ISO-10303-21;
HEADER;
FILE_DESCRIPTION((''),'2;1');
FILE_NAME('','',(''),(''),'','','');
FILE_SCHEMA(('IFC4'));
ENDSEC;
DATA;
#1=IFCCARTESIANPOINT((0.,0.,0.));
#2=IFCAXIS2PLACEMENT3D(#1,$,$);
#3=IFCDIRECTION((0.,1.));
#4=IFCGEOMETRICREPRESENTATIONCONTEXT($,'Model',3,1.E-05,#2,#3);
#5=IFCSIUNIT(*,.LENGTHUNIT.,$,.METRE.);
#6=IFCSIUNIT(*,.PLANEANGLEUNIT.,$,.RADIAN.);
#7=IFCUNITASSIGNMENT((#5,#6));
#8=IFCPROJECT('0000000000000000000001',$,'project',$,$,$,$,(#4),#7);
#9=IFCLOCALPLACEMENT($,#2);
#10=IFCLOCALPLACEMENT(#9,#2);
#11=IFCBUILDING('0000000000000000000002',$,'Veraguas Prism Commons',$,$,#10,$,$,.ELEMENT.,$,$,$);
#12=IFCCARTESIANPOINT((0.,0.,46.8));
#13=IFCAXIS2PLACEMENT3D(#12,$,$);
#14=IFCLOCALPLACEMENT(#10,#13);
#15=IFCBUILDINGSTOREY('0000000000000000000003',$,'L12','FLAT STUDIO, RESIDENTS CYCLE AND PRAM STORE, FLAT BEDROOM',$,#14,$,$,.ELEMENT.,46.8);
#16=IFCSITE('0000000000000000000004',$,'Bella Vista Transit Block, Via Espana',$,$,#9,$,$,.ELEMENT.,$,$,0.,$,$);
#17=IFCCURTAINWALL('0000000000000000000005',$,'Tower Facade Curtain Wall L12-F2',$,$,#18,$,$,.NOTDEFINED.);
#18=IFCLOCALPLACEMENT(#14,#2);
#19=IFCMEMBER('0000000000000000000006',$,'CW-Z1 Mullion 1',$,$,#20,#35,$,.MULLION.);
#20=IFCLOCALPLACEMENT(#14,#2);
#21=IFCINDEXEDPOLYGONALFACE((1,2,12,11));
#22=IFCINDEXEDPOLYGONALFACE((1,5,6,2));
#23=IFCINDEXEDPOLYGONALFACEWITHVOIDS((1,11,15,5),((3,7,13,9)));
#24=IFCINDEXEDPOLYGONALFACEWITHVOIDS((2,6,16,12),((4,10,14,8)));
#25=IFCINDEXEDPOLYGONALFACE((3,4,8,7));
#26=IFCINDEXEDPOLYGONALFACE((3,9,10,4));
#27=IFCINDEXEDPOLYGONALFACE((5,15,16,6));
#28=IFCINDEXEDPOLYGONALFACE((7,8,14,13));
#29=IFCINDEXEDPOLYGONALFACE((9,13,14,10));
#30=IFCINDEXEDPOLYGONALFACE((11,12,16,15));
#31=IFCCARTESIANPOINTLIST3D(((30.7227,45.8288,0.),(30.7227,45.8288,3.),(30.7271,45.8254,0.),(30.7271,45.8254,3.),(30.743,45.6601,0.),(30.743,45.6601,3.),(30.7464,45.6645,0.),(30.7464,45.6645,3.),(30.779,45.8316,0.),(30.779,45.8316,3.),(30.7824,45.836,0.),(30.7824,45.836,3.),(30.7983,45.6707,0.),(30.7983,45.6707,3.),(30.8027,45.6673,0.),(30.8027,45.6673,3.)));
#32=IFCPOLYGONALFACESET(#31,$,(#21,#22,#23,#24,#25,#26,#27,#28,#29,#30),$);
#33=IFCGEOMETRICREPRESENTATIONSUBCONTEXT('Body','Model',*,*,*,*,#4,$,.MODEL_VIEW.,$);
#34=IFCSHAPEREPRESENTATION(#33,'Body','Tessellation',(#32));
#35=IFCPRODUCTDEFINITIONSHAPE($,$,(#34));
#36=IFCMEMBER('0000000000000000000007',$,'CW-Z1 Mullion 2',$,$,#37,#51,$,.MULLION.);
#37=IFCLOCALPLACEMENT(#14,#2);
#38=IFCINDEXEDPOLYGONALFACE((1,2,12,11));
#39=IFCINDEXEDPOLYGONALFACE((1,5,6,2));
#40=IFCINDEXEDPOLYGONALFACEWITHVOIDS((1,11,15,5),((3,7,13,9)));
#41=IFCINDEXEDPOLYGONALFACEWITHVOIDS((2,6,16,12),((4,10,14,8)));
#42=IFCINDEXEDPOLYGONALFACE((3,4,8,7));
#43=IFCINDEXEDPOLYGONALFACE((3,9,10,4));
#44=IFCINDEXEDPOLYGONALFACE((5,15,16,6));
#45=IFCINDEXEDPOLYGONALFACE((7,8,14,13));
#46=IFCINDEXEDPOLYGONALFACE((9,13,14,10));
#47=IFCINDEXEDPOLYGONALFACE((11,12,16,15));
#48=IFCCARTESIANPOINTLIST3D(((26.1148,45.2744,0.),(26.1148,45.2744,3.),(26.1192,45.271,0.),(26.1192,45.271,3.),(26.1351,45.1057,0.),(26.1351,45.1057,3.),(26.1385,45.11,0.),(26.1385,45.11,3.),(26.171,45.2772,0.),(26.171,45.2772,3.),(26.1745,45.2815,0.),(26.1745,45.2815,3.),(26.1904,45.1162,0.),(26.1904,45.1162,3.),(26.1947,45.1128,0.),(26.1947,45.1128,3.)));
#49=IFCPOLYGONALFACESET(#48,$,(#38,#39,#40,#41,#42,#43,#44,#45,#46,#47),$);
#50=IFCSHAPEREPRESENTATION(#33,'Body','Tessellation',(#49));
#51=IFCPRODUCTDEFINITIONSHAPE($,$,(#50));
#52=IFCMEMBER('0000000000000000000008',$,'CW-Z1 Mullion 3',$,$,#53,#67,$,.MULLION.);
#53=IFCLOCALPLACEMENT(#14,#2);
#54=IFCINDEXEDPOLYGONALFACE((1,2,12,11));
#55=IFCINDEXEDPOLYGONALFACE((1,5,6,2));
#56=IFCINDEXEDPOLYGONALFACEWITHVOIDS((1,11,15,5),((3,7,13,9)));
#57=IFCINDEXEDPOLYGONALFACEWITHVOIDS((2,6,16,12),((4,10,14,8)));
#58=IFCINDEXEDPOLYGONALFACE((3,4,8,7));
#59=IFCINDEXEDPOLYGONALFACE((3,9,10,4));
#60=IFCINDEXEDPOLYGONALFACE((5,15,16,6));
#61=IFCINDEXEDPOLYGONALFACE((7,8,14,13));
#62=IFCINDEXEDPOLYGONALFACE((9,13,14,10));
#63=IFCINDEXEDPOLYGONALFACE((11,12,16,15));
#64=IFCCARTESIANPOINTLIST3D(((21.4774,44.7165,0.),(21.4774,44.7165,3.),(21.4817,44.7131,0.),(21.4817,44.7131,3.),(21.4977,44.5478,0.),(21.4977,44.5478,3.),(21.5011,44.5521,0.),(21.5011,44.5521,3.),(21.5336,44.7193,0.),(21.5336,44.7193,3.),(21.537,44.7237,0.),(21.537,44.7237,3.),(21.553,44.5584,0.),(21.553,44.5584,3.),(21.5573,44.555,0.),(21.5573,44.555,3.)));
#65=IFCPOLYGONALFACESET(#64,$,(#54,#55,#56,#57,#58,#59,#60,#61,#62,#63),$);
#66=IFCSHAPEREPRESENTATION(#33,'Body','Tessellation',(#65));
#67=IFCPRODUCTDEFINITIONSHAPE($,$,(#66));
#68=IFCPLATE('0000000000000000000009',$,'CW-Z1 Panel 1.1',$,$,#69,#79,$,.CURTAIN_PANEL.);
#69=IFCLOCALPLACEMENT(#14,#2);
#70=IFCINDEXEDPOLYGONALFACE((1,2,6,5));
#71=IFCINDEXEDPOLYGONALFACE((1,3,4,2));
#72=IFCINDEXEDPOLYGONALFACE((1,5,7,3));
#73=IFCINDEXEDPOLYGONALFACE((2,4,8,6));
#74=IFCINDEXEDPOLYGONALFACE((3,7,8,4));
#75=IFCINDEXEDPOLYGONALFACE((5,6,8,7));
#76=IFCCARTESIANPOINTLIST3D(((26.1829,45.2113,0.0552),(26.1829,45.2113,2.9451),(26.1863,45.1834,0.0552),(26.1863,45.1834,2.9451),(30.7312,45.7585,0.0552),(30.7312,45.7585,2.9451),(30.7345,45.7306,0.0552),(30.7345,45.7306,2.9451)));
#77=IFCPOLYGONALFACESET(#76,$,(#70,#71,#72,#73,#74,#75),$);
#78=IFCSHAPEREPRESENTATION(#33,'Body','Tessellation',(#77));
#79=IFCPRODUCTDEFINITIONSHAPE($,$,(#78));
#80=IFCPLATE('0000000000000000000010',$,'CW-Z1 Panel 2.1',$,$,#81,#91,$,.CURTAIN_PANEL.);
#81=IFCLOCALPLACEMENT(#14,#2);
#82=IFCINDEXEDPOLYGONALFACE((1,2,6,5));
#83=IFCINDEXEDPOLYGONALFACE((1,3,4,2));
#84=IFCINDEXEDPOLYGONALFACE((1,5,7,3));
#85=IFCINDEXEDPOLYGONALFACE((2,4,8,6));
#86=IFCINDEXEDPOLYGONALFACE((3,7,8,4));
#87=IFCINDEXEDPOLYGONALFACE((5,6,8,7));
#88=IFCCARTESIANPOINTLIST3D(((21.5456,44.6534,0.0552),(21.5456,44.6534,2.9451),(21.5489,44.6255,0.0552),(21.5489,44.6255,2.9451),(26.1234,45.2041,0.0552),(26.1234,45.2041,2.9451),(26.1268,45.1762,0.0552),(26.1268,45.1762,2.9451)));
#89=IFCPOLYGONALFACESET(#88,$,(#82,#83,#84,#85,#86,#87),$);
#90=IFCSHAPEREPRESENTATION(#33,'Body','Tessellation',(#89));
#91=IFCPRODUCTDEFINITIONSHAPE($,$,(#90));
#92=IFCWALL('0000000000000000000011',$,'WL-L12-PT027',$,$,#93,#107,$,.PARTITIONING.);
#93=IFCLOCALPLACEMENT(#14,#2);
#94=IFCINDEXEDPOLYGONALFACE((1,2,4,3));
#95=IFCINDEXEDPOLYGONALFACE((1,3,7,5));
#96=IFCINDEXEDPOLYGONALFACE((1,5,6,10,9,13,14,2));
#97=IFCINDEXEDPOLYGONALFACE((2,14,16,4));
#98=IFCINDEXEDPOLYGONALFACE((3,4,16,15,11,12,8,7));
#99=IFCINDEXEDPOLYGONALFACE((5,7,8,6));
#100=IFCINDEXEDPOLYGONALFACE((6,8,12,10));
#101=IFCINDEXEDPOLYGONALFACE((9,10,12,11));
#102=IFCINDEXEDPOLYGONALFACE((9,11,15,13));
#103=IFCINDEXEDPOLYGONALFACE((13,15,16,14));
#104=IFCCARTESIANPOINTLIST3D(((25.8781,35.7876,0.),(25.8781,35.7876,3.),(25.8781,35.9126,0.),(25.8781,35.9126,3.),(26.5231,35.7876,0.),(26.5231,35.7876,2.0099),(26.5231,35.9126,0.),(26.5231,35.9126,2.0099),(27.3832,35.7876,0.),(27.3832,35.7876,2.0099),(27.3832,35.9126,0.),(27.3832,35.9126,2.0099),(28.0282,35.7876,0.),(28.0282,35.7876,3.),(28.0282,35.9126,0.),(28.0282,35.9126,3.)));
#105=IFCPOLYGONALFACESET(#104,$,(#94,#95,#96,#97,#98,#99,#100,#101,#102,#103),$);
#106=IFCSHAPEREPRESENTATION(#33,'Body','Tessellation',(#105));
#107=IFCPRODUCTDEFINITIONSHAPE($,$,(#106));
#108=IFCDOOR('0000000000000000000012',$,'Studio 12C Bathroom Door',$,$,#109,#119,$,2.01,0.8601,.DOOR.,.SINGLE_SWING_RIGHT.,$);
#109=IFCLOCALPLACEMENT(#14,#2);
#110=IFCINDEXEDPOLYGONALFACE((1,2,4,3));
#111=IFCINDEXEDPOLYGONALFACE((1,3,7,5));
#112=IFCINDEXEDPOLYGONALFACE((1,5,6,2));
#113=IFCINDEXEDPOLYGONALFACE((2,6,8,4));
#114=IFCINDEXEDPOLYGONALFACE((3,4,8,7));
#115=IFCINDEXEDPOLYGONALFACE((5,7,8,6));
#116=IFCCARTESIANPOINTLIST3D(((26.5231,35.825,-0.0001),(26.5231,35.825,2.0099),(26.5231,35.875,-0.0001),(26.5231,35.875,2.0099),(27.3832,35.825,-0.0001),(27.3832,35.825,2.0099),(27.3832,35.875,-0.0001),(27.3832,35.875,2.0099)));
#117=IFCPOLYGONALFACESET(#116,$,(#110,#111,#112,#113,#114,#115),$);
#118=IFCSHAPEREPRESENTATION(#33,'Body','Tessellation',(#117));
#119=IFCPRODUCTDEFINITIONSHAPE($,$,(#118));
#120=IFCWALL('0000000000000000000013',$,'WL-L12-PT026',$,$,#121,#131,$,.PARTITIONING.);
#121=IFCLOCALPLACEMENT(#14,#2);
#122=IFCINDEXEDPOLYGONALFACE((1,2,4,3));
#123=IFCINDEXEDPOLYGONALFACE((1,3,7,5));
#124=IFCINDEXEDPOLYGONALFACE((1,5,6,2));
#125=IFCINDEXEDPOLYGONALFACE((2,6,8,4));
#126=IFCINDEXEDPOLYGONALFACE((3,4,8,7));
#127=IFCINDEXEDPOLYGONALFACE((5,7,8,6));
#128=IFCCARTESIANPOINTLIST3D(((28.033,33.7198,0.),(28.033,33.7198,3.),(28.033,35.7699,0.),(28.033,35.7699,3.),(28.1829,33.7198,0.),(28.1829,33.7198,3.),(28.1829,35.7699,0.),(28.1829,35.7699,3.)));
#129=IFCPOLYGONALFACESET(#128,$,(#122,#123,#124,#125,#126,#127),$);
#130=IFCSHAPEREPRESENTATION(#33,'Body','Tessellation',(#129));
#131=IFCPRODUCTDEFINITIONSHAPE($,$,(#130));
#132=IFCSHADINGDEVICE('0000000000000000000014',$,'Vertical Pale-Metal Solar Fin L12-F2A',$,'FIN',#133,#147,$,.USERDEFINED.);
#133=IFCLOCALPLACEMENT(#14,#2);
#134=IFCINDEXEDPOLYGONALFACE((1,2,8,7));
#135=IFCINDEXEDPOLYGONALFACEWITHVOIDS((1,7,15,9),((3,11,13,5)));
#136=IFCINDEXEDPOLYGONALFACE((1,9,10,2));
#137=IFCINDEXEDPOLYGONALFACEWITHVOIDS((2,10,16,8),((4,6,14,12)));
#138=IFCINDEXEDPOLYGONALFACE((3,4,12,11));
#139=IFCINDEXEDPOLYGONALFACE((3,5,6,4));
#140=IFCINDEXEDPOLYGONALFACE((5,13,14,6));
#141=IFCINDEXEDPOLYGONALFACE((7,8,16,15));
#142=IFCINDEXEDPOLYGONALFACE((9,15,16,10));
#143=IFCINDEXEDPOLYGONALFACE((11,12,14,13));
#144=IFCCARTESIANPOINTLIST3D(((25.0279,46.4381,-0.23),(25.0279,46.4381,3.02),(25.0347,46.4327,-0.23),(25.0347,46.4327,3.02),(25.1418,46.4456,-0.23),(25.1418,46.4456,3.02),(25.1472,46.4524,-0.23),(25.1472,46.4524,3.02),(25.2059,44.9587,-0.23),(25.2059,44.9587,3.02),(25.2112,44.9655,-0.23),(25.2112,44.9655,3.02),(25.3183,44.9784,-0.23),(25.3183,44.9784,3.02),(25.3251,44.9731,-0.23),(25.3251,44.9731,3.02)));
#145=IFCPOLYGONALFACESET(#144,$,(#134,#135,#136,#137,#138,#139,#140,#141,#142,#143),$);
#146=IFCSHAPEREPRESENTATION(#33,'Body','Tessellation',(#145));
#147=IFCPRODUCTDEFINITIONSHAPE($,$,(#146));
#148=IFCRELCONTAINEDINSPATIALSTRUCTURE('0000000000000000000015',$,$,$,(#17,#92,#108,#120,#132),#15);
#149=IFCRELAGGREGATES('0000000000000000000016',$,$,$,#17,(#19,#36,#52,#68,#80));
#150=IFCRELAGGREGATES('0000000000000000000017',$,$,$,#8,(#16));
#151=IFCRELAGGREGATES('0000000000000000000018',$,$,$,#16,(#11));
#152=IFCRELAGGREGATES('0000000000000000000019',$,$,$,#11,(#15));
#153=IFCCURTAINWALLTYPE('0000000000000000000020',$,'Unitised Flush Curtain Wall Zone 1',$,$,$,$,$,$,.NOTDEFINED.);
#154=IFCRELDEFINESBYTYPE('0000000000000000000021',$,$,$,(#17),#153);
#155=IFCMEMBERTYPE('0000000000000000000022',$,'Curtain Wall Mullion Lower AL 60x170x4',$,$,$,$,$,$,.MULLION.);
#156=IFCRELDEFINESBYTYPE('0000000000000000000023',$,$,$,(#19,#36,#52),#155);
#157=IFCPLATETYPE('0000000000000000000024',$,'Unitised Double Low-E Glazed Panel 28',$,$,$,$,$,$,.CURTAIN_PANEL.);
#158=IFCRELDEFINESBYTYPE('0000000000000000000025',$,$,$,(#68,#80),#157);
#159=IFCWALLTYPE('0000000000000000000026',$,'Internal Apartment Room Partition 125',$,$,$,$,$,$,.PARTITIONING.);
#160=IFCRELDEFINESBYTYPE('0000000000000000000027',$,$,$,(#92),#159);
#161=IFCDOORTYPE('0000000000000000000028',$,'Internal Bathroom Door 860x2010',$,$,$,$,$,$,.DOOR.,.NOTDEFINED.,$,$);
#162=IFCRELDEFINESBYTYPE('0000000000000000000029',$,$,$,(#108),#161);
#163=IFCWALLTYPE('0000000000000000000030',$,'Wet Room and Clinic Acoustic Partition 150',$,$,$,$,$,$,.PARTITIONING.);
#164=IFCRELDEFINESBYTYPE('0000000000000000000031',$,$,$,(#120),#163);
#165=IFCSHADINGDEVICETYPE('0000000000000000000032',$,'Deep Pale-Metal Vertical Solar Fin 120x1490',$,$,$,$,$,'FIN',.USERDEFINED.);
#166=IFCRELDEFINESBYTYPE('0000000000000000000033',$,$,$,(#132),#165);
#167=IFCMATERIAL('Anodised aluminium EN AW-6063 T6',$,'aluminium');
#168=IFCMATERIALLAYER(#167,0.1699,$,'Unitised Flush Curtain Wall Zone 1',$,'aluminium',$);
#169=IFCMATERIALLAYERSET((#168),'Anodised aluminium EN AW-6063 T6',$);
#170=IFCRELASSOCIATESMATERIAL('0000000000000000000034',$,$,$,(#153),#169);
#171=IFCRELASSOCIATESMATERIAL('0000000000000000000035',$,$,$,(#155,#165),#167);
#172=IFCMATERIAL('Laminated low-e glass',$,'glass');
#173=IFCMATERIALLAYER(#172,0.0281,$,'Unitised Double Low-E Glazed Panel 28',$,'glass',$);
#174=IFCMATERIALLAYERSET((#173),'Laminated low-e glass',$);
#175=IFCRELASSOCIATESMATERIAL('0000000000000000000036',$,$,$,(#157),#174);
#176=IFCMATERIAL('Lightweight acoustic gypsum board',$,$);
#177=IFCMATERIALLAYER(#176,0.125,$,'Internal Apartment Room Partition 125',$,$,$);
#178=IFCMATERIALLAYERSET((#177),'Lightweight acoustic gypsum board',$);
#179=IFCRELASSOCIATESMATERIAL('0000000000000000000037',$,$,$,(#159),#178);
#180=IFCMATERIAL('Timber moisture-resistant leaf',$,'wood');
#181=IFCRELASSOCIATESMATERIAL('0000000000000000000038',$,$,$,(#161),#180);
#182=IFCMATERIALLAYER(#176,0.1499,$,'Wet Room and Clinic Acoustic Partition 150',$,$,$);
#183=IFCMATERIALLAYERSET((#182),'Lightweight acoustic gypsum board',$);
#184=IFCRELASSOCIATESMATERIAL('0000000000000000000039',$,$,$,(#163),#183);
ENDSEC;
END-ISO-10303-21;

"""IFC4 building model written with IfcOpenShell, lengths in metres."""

from ifc_helpers import new_model, si_unit, direction, frame, frame_2d, origin, origin_2d, place, context, subcontext, project, spatial, rectangle, hollow_rectangle, extrude, source, transform, mapped, material, layer, layer_set, material_profile, profile_set, type_object, element, fill, aggregate, save


model = new_model("IFC4")

# Units and contexts
model_context = context("Model", 3, precision=1e-05, world=origin(), true_north=direction((0.0, 1.0)))
body_context = subcontext(model_context, "Body", "Model", "MODEL_VIEW")
ifc_project = project(units=[si_unit("LENGTHUNIT", "METRE"), si_unit("PLANEANGLEUNIT", "RADIAN")], contexts=[model_context])

# Site, building, storey
site_placement = place(None, origin())
site = spatial("IfcSite", under=ifc_project, at=site_placement, Name="Bella Vista Transit Block, Via Espana", CompositionType="ELEMENT", RefElevation=0.0)
building_placement = place(site_placement, origin())
building = spatial("IfcBuilding", under=site, at=building_placement, Name="Veraguas Prism Commons", CompositionType="ELEMENT")
storey_placement = place(building_placement, frame((0.0, 0.0, 46.8)))
storey = spatial("IfcBuildingStorey", under=building, at=storey_placement, Name="L12", Description="FLAT STUDIO, RESIDENTS CYCLE AND PRAM STORE, FLAT BEDROOM", CompositionType="ELEMENT", Elevation=46.8)

# Curtain wall, members, plates
ifc_material_1 = material(Name="Anodised aluminium EN AW-6063 T6", Category="aluminium")
ifc_layer_1 = layer(ifc_material_1, 0.1699, Name="Unitised Flush Curtain Wall Zone 1", Category="aluminium")
ifc_layer_set_1 = layer_set([ifc_layer_1], Name="Anodised aluminium EN AW-6063 T6")
curtain_wall_type = type_object("IfcCurtainWallType", Name="Unitised Flush Curtain Wall Zone 1", PredefinedType="NOTDEFINED", material=ifc_layer_set_1)
curtain_wall_placement = place(storey_placement, origin())
curtain_wall = element("IfcCurtainWall", 1, at=curtain_wall_placement, inside=storey, type_object=curtain_wall_type, Name="Tower Facade Curtain Wall L12-F2", PredefinedType="NOTDEFINED")
ifc_material_profile_1 = material_profile(ifc_material_1, hollow_rectangle(XDim=0.0601, YDim=0.1699, WallThickness=0.0039, at=origin_2d()), Name="AL60X170X4")
ifc_profile_set_1 = profile_set([ifc_material_profile_1], Name="Anodised aluminium EN AW-6063 T6")
member_type_1 = type_object("IfcMemberType", Name="Curtain Wall Mullion Lower AL 60x170x4", PredefinedType="MULLION", material=ifc_profile_set_1)
shared_shape_1 = source(origin(), body_context, "Body", "SweptSolid", [
    extrude(hollow_rectangle(XDim=0.0601, YDim=0.1699, WallThickness=0.0039, at=origin_2d()), origin(), (0.0, 0.0, 1.0), 3.0),
])
member_1_placement = place(storey_placement, frame((30.7627, 45.748, 0.0), z_axis=(0.0, 0.0, 1.0), x_axis=(-0.992841, -0.11944, 0.0)))
member_1 = element("IfcMember", 2, at=member_1_placement, type_object=member_type_1, Name="CW-Z1 Mullion 1", PredefinedType="MULLION", context=body_context, shape_type="MappedRepresentation", body=[
    mapped(shared_shape_1, transform((0.0, 0.0, 0.0), scale=1.0)),
])
member_2_placement = place(storey_placement, frame((26.1548, 45.1936, 0.0), z_axis=(0.0, 0.0, 1.0), x_axis=(-0.992841, -0.11944, 0.0)))
member_2 = element("IfcMember", 3, at=member_2_placement, type_object=member_type_1, Name="CW-Z1 Mullion 2", PredefinedType="MULLION", context=body_context, shape_type="MappedRepresentation", body=[
    mapped(shared_shape_1, transform((0.0, 0.0, 0.0), scale=1.0)),
])
member_3_placement = place(storey_placement, frame((21.5173, 44.6357, 0.0), z_axis=(0.0, 0.0, 1.0), x_axis=(-0.992841, -0.11944, 0.0)))
member_3 = element("IfcMember", 4, at=member_3_placement, type_object=member_type_1, Name="CW-Z1 Mullion 3", PredefinedType="MULLION", context=body_context, shape_type="MappedRepresentation", body=[
    mapped(shared_shape_1, transform((0.0, 0.0, 0.0), scale=1.0)),
])
ifc_material_2 = material(Name="Laminated low-e glass", Category="glass")
ifc_layer_2 = layer(ifc_material_2, 0.0281, Name="Unitised Double Low-E Glazed Panel 28", Category="glass")
ifc_layer_set_2 = layer_set([ifc_layer_2], Name="Laminated low-e glass")
plate_type = type_object("IfcPlateType", Name="Unitised Double Low-E Glazed Panel 28", PredefinedType="CURTAIN_PANEL", material=ifc_layer_set_2)
shared_shape_2 = source(origin(), body_context, "Body", "SweptSolid", [
    extrude(rectangle(XDim=4.5811, YDim=0.0281, at=origin_2d()), origin(), (0.0, 0.0, 1.0), 2.8899),
])
plate_1_placement = place(storey_placement, frame((28.4587, 45.4709, 0.0552), z_axis=(0.0, 0.0, 1.0), x_axis=(-0.992841, -0.11944, 0.0)))
plate_1 = element("IfcPlate", 5, at=plate_1_placement, type_object=plate_type, Name="CW-Z1 Panel 1.1", PredefinedType="CURTAIN_PANEL", context=body_context, shape_type="MappedRepresentation", body=[
    mapped(shared_shape_2, transform((0.0, 0.0, 0.0), scale=1.0)),
])
shared_shape_3 = source(origin(), body_context, "Body", "SweptSolid", [
    extrude(rectangle(XDim=4.6108, YDim=0.0281, at=origin_2d()), origin(), (0.0, 0.0, 1.0), 2.8899),
])
plate_2_placement = place(storey_placement, frame((23.8362, 44.9148, 0.0552), z_axis=(0.0, 0.0, 1.0), x_axis=(-0.992841, -0.11944, 0.0)))
plate_2 = element("IfcPlate", 6, at=plate_2_placement, type_object=plate_type, Name="CW-Z1 Panel 2.1", PredefinedType="CURTAIN_PANEL", context=body_context, shape_type="MappedRepresentation", body=[
    mapped(shared_shape_3, transform((0.0, 0.0, 0.0), scale=1.0)),
])
aggregate(curtain_wall, [member_1, member_2, member_3, plate_1, plate_2])

# Wall, opening, door
ifc_material_3 = material(Name="Lightweight acoustic gypsum board")
ifc_layer_3 = layer(ifc_material_3, 0.125, Name="Internal Apartment Room Partition 125")
ifc_layer_set_3 = layer_set([ifc_layer_3], Name="Lightweight acoustic gypsum board")
wall_type_1 = type_object("IfcWallType", Name="Internal Apartment Room Partition 125", PredefinedType="PARTITIONING", material=ifc_layer_set_3)
wall_1_placement = place(storey_placement, frame((25.8779, 35.8501, 0.0), z_axis=(0.0, 0.0, 1.0), x_axis=(1.0, 0.0, 0.0)))
wall_1 = element("IfcWall", 7, at=wall_1_placement, inside=storey, type_object=wall_type_1, Name="WL-L12-PT027", PredefinedType="PARTITIONING", context=body_context, shape_type="SweptSolid", body=[
    extrude(rectangle(XDim=2.1501, YDim=0.125, at=frame_2d((1.0752, 0.0))), origin(), (0.0, 0.0, 1.0), 3.0),
])
opening_placement = place(wall_1_placement, frame((0.645, 0.0, 0.0)))
opening = element("IfcOpeningElement", 8, at=opening_placement, cuts=wall_1, PredefinedType="OPENING", context=body_context, shape_type="SweptSolid", body=[
    extrude(rectangle(XDim=0.8601, YDim=2.01, at=frame_2d((0.4302, 1.0049))), frame((0.0, 0.0725, 0.0), z_axis=(0.0, -1.0, 0.0), x_axis=(1.0, 0.0, 0.0)), (0.0, 0.0, 1.0), 0.145),
])
ifc_material_4 = material(Name="Timber moisture-resistant leaf", Category="wood")
door_type = type_object("IfcDoorType", Name="Internal Bathroom Door 860x2010", OperationType="NOTDEFINED", PredefinedType="DOOR", material=ifc_material_4)
shared_shape_4 = source(origin(), body_context, "Body", "SweptSolid", [
    extrude(rectangle(XDim=0.8601, YDim=2.01, at=frame_2d((0.4302, 1.0049))), frame((0.0, 0.0249, 0.0), z_axis=(0.0, -1.0, 0.0), x_axis=(1.0, 0.0, 0.0)), (0.0, 0.0, 1.0), 0.05),
])
door_placement = place(opening_placement, origin())
door = element("IfcDoor", 9, at=door_placement, inside=storey, type_object=door_type, Name="Studio 12C Bathroom Door", OperationType="SINGLE_SWING_RIGHT", OverallHeight=2.01, OverallWidth=0.8601, PredefinedType="DOOR", context=body_context, shape_type="MappedRepresentation", body=[
    mapped(shared_shape_4, transform((0.0, 0.0, 0.0), scale=1.0)),
])
fill(opening, door)

# Wall
ifc_layer_4 = layer(ifc_material_3, 0.1499, Name="Wet Room and Clinic Acoustic Partition 150")
ifc_layer_set_4 = layer_set([ifc_layer_4], Name="Lightweight acoustic gypsum board")
wall_type_2 = type_object("IfcWallType", Name="Wet Room and Clinic Acoustic Partition 150", PredefinedType="PARTITIONING", material=ifc_layer_set_4)
wall_2_placement = place(storey_placement, frame((28.1079, 33.72, 0.0), z_axis=(0.0, 0.0, 1.0), x_axis=(0.0, 1.0, 0.0)))
element("IfcWall", 10, at=wall_2_placement, inside=storey, type_object=wall_type_2, Name="WL-L12-PT026", PredefinedType="PARTITIONING", context=body_context, shape_type="SweptSolid", body=[
    extrude(rectangle(XDim=2.05, YDim=0.1499, at=frame_2d((1.0249, 0.0))), origin(), (0.0, 0.0, 1.0), 3.0),
])

# Shading device
ifc_material_profile_2 = material_profile(ifc_material_1, hollow_rectangle(XDim=0.1201, YDim=1.49, WallThickness=0.0061, at=origin_2d()), Name="FIN120X1490X6")
ifc_profile_set_2 = profile_set([ifc_material_profile_2], Name="Anodised aluminium EN AW-6063 T6")
shading_device_type = type_object("IfcShadingDeviceType", Name="Deep Pale-Metal Vertical Solar Fin 120x1490", ElementType="FIN", PredefinedType="USERDEFINED", material=ifc_profile_set_2)
shading_device_placement = place(storey_placement, frame((25.1765, 45.7056, -0.23), z_axis=(0.0, 0.0, 1.0), x_axis=(-0.992841, -0.119444, 0.0)))
element("IfcShadingDevice", 11, at=shading_device_placement, inside=storey, type_object=shading_device_type, Name="Vertical Pale-Metal Solar Fin L12-F2A", ObjectType="FIN", PredefinedType="USERDEFINED", context=body_context, shape_type="SweptSolid", body=[
    extrude(hollow_rectangle(XDim=0.1201, YDim=1.49, WallThickness=0.0061, at=origin_2d()), origin(), (0.0, 0.0, 1.0), 3.25),
])

save(model, "model.ifc")
